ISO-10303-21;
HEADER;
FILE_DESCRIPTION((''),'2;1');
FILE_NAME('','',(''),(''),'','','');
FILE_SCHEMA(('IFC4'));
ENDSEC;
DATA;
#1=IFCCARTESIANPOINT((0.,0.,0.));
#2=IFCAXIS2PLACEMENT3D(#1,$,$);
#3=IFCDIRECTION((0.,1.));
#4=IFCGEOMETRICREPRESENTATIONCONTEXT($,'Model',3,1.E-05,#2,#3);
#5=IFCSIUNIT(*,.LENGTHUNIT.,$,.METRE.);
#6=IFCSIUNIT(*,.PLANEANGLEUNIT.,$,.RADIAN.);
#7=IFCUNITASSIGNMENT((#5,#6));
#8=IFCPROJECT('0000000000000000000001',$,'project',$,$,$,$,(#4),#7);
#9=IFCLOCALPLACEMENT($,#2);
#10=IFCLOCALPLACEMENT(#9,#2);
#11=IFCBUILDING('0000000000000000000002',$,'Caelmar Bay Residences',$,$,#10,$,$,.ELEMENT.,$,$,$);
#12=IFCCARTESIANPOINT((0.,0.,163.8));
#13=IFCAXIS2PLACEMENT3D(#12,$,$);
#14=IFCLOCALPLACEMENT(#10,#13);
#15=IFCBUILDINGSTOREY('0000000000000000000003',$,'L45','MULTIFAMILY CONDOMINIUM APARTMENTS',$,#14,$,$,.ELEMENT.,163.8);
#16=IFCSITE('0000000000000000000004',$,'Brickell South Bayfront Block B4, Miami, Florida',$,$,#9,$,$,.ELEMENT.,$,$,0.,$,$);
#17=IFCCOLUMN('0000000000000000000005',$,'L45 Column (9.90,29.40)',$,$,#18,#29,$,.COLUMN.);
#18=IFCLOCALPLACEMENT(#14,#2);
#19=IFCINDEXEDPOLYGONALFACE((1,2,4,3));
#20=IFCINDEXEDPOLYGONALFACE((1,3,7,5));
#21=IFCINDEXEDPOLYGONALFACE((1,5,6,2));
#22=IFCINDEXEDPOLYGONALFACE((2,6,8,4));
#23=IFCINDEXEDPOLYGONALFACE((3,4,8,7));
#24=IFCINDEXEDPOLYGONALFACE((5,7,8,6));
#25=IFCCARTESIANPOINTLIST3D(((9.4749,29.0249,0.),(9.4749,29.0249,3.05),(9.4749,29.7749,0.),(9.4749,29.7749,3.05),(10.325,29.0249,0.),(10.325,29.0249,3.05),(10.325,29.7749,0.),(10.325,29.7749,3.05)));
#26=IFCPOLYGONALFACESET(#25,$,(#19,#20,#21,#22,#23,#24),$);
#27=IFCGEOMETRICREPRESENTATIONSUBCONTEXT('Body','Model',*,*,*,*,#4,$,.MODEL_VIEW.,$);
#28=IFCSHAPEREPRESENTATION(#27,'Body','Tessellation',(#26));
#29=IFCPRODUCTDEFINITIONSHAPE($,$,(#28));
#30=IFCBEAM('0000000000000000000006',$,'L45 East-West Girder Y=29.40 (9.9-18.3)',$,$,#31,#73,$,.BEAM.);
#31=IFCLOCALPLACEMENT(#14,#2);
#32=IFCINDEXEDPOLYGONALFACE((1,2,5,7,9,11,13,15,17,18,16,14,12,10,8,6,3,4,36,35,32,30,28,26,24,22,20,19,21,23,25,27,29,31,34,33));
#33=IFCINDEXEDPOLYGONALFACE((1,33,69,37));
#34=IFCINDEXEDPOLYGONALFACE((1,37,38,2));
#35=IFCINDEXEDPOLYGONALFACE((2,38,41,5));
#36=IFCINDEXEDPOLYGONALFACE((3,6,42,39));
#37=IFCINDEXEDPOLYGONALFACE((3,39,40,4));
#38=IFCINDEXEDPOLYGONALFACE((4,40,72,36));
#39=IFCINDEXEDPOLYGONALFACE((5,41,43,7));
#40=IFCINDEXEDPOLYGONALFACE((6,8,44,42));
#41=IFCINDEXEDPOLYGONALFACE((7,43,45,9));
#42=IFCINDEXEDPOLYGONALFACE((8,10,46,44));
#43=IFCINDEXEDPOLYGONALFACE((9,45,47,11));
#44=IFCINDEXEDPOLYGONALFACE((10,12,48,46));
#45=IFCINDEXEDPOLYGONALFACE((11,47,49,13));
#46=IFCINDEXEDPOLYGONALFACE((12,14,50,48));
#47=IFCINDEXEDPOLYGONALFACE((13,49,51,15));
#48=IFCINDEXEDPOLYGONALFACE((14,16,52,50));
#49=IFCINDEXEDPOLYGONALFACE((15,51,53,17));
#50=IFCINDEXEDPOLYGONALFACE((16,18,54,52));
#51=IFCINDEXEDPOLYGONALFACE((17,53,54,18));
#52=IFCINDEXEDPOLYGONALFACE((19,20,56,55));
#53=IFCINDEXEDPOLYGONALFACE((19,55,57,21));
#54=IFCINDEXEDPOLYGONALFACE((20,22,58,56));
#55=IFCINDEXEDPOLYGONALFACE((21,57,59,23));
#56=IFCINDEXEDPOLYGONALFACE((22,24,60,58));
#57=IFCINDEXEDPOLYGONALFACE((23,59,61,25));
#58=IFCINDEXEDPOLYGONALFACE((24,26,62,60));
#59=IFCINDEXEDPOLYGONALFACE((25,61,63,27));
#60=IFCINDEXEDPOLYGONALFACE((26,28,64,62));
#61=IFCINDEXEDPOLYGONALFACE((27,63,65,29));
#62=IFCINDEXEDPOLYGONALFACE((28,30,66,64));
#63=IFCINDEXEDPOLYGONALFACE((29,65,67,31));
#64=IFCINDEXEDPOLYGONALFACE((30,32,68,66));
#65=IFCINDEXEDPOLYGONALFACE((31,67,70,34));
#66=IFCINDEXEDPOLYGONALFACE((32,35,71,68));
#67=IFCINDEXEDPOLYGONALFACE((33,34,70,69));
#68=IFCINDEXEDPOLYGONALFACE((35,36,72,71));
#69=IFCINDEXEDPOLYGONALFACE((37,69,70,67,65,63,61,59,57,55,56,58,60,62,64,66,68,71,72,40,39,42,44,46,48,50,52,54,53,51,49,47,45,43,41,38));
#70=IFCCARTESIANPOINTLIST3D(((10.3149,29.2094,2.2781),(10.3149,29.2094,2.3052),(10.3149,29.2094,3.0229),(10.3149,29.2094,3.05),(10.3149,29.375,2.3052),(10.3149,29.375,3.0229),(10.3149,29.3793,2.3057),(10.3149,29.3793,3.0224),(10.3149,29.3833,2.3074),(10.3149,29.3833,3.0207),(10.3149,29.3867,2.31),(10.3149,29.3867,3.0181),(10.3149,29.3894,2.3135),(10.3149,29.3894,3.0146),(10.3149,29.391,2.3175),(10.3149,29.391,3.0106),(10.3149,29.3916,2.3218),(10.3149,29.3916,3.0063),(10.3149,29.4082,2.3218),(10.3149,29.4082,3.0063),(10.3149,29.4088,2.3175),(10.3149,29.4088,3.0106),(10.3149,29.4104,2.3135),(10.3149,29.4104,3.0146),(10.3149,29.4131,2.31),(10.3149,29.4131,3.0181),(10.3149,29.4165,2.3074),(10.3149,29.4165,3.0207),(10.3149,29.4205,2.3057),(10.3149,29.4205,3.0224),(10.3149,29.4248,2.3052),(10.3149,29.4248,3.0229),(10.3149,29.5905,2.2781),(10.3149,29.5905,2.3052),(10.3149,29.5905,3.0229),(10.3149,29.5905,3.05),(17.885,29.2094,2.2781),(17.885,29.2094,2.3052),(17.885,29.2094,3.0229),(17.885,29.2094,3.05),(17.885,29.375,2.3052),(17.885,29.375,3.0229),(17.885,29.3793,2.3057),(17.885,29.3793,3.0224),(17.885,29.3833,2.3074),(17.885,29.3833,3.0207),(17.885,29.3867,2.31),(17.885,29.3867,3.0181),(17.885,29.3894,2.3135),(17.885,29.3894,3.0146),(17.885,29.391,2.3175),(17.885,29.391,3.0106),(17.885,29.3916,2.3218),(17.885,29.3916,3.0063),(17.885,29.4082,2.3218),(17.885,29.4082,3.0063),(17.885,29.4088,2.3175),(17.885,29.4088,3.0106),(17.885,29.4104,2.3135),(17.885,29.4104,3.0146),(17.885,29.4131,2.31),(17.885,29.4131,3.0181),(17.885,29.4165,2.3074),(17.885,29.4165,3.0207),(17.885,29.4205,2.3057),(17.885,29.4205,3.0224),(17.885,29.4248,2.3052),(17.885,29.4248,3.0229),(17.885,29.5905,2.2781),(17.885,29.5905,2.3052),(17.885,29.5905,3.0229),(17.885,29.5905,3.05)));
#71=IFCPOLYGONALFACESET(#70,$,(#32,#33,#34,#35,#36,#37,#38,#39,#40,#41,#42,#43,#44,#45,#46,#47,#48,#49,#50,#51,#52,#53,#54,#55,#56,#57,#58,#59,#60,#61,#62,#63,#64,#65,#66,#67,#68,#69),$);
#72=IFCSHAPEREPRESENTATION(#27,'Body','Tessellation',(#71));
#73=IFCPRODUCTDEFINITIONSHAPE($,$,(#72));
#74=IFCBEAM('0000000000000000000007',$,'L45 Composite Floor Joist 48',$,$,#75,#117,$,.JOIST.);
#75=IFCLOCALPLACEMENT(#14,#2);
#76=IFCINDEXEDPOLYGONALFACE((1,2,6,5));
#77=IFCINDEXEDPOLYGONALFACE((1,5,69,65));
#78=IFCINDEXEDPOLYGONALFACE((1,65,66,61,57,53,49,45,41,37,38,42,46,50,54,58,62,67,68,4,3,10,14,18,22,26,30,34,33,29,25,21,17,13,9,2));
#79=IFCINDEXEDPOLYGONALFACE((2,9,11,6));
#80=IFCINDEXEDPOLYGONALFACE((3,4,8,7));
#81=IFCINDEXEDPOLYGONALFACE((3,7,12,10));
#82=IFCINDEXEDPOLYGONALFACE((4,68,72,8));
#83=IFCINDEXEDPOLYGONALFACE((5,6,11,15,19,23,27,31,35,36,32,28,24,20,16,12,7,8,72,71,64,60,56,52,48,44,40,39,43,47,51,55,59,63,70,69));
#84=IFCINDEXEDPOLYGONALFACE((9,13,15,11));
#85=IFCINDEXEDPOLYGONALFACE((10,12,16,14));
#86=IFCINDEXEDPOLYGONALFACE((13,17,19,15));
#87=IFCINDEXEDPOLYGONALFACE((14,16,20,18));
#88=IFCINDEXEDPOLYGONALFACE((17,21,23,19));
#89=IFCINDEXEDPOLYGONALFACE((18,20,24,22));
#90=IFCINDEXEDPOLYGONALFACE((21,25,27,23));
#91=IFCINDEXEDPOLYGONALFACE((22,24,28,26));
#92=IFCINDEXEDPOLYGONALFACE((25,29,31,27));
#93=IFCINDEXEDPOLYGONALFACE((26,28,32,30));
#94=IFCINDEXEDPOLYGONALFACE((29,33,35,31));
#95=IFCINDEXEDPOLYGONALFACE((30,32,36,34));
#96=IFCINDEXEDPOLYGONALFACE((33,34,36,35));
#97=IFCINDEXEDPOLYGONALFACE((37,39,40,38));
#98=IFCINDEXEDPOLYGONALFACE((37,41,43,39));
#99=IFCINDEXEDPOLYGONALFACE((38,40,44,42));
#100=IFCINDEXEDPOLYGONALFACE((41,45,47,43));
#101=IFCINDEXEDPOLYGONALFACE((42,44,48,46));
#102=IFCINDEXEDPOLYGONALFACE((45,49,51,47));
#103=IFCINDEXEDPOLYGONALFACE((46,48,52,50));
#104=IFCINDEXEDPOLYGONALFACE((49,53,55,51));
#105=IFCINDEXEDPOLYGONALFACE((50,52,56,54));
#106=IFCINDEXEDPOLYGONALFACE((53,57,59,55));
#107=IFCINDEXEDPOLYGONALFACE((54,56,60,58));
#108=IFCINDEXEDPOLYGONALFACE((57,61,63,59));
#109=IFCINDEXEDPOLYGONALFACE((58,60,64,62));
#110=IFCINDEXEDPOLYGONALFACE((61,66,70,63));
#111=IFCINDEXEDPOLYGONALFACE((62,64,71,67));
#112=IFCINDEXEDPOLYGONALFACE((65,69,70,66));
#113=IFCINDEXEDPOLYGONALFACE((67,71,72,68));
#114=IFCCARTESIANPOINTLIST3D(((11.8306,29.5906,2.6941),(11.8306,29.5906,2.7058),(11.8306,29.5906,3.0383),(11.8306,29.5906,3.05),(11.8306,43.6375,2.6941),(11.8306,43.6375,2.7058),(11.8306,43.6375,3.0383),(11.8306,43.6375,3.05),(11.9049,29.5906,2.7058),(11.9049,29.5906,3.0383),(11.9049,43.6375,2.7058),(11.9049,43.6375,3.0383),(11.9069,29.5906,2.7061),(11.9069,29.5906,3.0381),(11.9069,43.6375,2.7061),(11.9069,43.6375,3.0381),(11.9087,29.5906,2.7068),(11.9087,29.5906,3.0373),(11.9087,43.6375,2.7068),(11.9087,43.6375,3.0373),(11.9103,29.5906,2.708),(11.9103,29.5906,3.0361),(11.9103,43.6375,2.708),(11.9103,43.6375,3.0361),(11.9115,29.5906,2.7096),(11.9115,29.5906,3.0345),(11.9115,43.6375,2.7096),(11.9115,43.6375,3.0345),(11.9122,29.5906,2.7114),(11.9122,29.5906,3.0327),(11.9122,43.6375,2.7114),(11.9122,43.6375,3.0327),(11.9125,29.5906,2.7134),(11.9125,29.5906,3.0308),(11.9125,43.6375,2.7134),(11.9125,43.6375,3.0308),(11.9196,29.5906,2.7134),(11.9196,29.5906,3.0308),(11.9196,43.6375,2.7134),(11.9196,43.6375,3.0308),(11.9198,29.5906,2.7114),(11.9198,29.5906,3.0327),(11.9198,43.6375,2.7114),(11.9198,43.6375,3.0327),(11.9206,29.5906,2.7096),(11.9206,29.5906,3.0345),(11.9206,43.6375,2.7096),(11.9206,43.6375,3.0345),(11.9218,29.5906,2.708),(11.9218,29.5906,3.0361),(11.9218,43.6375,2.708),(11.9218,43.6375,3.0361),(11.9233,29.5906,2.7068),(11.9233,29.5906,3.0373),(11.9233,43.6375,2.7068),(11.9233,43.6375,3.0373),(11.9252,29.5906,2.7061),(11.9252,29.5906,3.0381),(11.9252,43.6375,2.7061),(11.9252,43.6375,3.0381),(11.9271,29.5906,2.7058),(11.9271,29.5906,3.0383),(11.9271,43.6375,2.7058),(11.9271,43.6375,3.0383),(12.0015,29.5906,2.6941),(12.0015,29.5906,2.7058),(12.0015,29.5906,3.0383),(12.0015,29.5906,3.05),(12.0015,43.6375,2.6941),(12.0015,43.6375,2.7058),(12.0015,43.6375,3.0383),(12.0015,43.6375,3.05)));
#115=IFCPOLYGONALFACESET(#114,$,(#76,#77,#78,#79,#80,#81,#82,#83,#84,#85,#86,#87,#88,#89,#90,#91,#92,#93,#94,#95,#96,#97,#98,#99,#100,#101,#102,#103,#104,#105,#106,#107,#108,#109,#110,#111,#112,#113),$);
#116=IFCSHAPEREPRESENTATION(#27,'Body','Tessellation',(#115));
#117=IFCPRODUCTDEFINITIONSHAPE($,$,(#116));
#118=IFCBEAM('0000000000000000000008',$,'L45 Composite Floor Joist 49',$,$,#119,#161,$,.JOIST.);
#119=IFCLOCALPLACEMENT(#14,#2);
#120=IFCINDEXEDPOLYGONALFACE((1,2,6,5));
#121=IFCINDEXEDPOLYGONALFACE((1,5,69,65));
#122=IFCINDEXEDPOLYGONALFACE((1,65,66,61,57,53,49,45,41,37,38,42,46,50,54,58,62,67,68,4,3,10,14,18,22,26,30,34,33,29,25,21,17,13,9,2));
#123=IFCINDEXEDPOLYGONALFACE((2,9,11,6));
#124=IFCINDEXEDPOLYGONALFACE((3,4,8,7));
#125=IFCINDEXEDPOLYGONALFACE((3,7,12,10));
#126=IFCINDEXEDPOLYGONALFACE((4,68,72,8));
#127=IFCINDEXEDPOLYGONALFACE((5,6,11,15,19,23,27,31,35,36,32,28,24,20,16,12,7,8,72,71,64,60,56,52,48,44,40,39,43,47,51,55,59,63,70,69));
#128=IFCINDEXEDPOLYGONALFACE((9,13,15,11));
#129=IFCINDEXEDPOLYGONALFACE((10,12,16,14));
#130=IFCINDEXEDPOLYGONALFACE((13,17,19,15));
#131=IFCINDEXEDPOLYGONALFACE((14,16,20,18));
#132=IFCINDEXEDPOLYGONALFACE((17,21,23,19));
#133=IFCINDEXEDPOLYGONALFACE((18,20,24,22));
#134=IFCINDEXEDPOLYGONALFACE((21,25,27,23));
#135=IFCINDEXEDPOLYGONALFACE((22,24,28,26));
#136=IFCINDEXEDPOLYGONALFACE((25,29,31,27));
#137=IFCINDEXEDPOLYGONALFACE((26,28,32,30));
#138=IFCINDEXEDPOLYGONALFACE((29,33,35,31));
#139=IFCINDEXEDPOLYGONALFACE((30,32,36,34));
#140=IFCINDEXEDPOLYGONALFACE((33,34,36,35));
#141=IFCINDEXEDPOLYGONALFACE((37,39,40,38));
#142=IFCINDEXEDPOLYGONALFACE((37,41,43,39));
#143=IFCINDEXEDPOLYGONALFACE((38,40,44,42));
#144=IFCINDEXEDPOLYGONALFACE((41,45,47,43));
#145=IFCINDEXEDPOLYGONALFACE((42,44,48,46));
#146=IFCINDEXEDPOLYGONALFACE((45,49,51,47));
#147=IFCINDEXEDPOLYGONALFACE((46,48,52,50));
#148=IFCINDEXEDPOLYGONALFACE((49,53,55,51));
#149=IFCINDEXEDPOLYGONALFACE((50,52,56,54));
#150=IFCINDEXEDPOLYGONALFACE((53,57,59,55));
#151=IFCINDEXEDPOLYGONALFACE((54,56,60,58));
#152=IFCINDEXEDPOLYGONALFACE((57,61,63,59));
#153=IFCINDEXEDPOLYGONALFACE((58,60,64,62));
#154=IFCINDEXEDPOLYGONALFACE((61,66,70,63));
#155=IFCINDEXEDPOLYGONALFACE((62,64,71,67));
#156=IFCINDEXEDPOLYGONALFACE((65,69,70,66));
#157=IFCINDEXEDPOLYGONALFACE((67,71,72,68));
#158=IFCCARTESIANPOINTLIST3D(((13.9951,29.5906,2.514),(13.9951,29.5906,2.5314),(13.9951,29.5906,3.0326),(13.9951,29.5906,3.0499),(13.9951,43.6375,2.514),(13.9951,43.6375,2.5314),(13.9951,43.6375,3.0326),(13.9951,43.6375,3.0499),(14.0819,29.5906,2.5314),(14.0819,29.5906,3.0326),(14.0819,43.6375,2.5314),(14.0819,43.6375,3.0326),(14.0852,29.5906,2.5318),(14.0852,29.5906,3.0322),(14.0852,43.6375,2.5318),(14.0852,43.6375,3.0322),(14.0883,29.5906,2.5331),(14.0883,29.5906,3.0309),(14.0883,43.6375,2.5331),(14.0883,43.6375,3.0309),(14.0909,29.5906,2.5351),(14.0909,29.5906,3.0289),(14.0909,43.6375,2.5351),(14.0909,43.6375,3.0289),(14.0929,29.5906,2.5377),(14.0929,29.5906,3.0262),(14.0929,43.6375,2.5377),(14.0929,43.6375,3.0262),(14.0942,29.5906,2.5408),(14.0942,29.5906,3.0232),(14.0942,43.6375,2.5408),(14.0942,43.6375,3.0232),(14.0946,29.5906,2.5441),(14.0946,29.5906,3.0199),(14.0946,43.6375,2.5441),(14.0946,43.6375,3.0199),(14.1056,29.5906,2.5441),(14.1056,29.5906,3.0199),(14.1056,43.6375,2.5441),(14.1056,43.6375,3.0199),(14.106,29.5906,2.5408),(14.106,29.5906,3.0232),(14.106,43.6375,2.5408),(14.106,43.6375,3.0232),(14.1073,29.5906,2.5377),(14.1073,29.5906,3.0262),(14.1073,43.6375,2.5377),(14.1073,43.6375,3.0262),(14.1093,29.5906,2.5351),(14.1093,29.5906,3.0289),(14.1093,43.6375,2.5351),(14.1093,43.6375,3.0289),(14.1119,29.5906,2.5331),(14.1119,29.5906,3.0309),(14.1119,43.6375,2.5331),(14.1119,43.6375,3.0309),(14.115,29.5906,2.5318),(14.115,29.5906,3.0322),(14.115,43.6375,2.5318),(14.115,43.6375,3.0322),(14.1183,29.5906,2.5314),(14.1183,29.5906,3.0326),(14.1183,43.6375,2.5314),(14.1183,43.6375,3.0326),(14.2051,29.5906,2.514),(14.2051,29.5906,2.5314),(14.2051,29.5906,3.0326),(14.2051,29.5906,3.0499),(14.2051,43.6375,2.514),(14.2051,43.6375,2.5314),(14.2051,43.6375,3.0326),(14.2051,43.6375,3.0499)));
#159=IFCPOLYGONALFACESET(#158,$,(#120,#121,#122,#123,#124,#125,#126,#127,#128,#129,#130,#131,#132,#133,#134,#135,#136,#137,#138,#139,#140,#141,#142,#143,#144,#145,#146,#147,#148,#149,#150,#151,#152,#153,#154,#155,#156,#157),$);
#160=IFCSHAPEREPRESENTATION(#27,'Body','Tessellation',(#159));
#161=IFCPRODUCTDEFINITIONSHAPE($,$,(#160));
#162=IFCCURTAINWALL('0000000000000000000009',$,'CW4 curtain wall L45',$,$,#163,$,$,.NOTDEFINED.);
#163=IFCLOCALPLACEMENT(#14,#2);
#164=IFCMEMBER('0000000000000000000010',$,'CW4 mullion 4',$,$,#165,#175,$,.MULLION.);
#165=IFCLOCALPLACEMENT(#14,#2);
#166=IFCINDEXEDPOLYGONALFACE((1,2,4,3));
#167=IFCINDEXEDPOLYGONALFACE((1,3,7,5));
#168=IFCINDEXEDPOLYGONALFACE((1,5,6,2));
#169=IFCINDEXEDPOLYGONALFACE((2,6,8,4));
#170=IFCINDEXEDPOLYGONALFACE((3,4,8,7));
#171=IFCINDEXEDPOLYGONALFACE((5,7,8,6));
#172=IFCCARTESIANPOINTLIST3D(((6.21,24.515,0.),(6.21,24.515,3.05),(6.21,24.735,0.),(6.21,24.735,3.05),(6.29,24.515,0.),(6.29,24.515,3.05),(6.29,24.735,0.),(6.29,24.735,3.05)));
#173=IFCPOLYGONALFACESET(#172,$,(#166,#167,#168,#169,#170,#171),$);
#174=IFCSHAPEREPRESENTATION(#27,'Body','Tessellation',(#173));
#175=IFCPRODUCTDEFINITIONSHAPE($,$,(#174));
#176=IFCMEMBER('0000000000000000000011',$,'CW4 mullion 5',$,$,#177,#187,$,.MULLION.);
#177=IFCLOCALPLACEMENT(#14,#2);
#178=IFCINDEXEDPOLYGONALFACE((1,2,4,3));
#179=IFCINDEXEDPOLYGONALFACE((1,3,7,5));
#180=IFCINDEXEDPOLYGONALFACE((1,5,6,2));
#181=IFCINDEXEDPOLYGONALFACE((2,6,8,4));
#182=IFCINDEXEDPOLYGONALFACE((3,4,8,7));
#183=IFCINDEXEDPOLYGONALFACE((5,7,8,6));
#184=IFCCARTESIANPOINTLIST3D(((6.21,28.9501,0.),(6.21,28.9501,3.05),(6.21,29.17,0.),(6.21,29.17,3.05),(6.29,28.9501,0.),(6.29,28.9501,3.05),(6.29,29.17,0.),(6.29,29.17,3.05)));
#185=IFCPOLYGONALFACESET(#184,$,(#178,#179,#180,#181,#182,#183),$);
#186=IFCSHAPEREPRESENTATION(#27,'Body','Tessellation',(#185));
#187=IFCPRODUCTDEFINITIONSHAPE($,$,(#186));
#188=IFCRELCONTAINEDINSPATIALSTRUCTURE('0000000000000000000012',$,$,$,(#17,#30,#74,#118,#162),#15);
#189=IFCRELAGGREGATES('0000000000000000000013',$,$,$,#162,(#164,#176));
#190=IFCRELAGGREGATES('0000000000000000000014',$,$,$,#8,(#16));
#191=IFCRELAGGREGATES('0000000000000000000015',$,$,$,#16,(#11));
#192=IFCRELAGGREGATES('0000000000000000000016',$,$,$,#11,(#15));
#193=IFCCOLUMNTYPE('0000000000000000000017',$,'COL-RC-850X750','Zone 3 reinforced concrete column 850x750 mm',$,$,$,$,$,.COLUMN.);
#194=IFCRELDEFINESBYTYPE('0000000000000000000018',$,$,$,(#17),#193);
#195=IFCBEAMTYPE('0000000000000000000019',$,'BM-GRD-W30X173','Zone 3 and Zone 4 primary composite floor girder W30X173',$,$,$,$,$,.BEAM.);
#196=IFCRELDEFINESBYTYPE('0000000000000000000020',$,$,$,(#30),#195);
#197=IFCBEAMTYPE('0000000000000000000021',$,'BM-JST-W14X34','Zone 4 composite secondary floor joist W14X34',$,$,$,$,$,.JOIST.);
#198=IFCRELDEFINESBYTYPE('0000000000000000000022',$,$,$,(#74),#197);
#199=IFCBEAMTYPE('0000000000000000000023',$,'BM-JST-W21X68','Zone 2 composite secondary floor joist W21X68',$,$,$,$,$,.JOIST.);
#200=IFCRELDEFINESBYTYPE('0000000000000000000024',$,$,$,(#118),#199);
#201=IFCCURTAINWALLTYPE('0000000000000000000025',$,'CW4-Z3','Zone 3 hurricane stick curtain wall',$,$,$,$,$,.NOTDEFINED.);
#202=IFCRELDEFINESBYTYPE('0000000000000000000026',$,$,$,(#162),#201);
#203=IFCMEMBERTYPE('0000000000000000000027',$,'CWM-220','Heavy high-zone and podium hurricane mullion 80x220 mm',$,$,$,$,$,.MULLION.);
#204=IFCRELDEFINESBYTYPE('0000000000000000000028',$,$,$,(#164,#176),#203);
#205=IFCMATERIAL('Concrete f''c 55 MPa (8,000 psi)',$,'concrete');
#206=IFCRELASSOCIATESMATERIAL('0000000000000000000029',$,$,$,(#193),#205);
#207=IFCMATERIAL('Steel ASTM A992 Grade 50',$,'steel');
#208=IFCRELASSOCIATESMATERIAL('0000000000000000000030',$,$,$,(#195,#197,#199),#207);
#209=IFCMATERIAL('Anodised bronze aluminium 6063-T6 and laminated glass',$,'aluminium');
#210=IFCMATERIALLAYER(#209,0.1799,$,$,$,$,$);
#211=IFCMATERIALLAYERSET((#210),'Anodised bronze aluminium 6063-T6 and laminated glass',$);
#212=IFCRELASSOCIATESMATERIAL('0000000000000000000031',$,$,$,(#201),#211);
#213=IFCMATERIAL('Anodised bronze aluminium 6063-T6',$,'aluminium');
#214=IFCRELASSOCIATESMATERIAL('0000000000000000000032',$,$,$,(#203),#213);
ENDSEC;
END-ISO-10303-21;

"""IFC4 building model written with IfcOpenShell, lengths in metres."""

from ifc_helpers import new_model, si_unit, direction, frame, origin, origin_2d, place, context, subcontext, project, spatial, rectangle, i_section, extrude, material, layer, layer_set, material_profile, profile_set, type_object, element, aggregate, save


model = new_model("IFC4")

# Units and contexts
model_context = context("Model", 3, precision=1e-05, world=origin(), true_north=direction((0.0, 1.0)))
body_context = subcontext(model_context, "Body", "Model", "MODEL_VIEW")
ifc_project = project(units=[si_unit("LENGTHUNIT", "METRE"), si_unit("PLANEANGLEUNIT", "RADIAN")], contexts=[model_context])

# Site, building, storey
site_placement = place(None, origin())
site = spatial("IfcSite", under=ifc_project, at=site_placement, Name="Brickell South Bayfront Block B4, Miami, Florida", CompositionType="ELEMENT", RefElevation=0.0)
building_placement = place(site_placement, origin())
building = spatial("IfcBuilding", under=site, at=building_placement, Name="Caelmar Bay Residences", CompositionType="ELEMENT")
storey_placement = place(building_placement, frame((0.0, 0.0, 163.8)))
storey = spatial("IfcBuildingStorey", under=building, at=storey_placement, Name="L45", Description="MULTIFAMILY CONDOMINIUM APARTMENTS", CompositionType="ELEMENT", Elevation=163.8)

# Column
ifc_material_1 = material(Name="Concrete f'c 55 MPa (8,000 psi)", Category="concrete")
ifc_material_profile_1 = material_profile(ifc_material_1, rectangle(XDim=0.8501, YDim=0.75, at=origin_2d()), Name="RC-COL-850X750")
ifc_profile_set_1 = profile_set([ifc_material_profile_1], Name="Concrete f'c 55 MPa (8,000 psi)")
column_type = type_object("IfcColumnType", Name="COL-RC-850X750", Description="Zone 3 reinforced concrete column 850x750 mm", PredefinedType="COLUMN", material=ifc_profile_set_1)
column_placement = place(storey_placement, frame((9.8999, 29.3999, 0.0), z_axis=(0.0, 0.0, 1.0), x_axis=(1.0, 0.0, 0.0)))
element("IfcColumn", 1, at=column_placement, inside=storey, type_object=column_type, Name="L45 Column (9.90,29.40)", PredefinedType="COLUMN", context=body_context, shape_type="SweptSolid", body=[
    extrude(rectangle(XDim=0.8501, YDim=0.75, at=origin_2d()), origin(), (0.0, 0.0, 1.0), 3.05),
])

# Beams
ifc_material_2 = material(Name="Steel ASTM A992 Grade 50", Category="steel")
ifc_material_profile_2 = material_profile(ifc_material_2, i_section(OverallWidth=0.3811, OverallDepth=0.772, WebThickness=0.0166, FlangeThickness=0.0271, FilletRadius=0.0166, at=origin_2d()), Name="W30X173")
ifc_profile_set_2 = profile_set([ifc_material_profile_2], Name="Steel ASTM A992 Grade 50")
beam_type_1 = type_object("IfcBeamType", Name="BM-GRD-W30X173", Description="Zone 3 and Zone 4 primary composite floor girder W30X173", PredefinedType="BEAM", material=ifc_profile_set_2)
beam_1_placement = place(storey_placement, frame((10.3149, 29.3999, 2.6641), z_axis=(1.0, 0.0, 0.0), x_axis=(0.0, 1.0, 0.0)))
element("IfcBeam", 2, at=beam_1_placement, inside=storey, type_object=beam_type_1, Name="L45 East-West Girder Y=29.40 (9.9-18.3)", PredefinedType="BEAM", context=body_context, shape_type="SweptSolid", body=[
    extrude(i_section(OverallWidth=0.3811, OverallDepth=0.772, WebThickness=0.0166, FlangeThickness=0.0271, FilletRadius=0.0166, at=origin_2d()), origin(), (0.0, 0.0, 1.0), 7.5701),
])
ifc_material_profile_3 = material_profile(ifc_material_2, i_section(OverallWidth=0.1709, OverallDepth=0.356, WebThickness=0.0071, FlangeThickness=0.0117, FilletRadius=0.0076, at=origin_2d()), Name="W14X34")
ifc_profile_set_3 = profile_set([ifc_material_profile_3], Name="Steel ASTM A992 Grade 50")
beam_type_2 = type_object("IfcBeamType", Name="BM-JST-W14X34", Description="Zone 4 composite secondary floor joist W14X34", PredefinedType="JOIST", material=ifc_profile_set_3)
beam_2_placement = place(storey_placement, frame((11.916, 29.5906, 2.8721), z_axis=(0.0, 1.0, 0.0), x_axis=(-1.0, 0.0, 0.0)))
element("IfcBeam", 3, at=beam_2_placement, inside=storey, type_object=beam_type_2, Name="L45 Composite Floor Joist 48", PredefinedType="JOIST", context=body_context, shape_type="SweptSolid", body=[
    extrude(i_section(OverallWidth=0.1709, OverallDepth=0.356, WebThickness=0.0071, FlangeThickness=0.0117, FilletRadius=0.0076, at=origin_2d()), origin(), (0.0, 0.0, 1.0), 14.0469),
])
ifc_material_profile_4 = material_profile(ifc_material_2, i_section(OverallWidth=0.21, OverallDepth=0.5359, WebThickness=0.011, FlangeThickness=0.0173, FilletRadius=0.0127, at=origin_2d()), Name="W21X68")
ifc_profile_set_4 = profile_set([ifc_material_profile_4], Name="Steel ASTM A992 Grade 50")
beam_type_3 = type_object("IfcBeamType", Name="BM-JST-W21X68", Description="Zone 2 composite secondary floor joist W21X68", PredefinedType="JOIST", material=ifc_profile_set_4)
beam_3_placement = place(storey_placement, frame((14.1001, 29.5906, 2.782), z_axis=(0.0, 1.0, 0.0), x_axis=(-1.0, 0.0, 0.0)))
element("IfcBeam", 4, at=beam_3_placement, inside=storey, type_object=beam_type_3, Name="L45 Composite Floor Joist 49", PredefinedType="JOIST", context=body_context, shape_type="SweptSolid", body=[
    extrude(i_section(OverallWidth=0.21, OverallDepth=0.5359, WebThickness=0.011, FlangeThickness=0.0173, FilletRadius=0.0127, at=origin_2d()), origin(), (0.0, 0.0, 1.0), 14.0469),
])

# Curtain wall, members
ifc_material_3 = material(Name="Anodised bronze aluminium 6063-T6 and laminated glass", Category="aluminium")
ifc_layer_1 = layer(ifc_material_3, 0.1799)
ifc_layer_set_1 = layer_set([ifc_layer_1], Name="Anodised bronze aluminium 6063-T6 and laminated glass")
curtain_wall_type = type_object("IfcCurtainWallType", Name="CW4-Z3", Description="Zone 3 hurricane stick curtain wall", PredefinedType="NOTDEFINED", material=ifc_layer_set_1)
curtain_wall_placement = place(storey_placement, origin())
curtain_wall = element("IfcCurtainWall", 5, at=curtain_wall_placement, inside=storey, type_object=curtain_wall_type, Name="CW4 curtain wall L45", PredefinedType="NOTDEFINED")
ifc_material_4 = material(Name="Anodised bronze aluminium 6063-T6", Category="aluminium")
ifc_material_profile_5 = material_profile(ifc_material_4, rectangle(XDim=0.0801, YDim=0.22, at=origin_2d()), Name="CWM-80X220")
ifc_profile_set_5 = profile_set([ifc_material_profile_5], Name="Anodised bronze aluminium 6063-T6")
member_type_1 = type_object("IfcMemberType", Name="CWM-220", Description="Heavy high-zone and podium hurricane mullion 80x220 mm", PredefinedType="MULLION", material=ifc_profile_set_5)
member_1_placement = place(storey_placement, frame((6.25, 24.625, 0.0), z_axis=(0.0, 0.0, 1.0), x_axis=(-1.0, 0.0, 0.0)))
member_1 = element("IfcMember", 6, at=member_1_placement, type_object=member_type_1, Name="CW4 mullion 4", PredefinedType="MULLION", context=body_context, shape_type="SweptSolid", body=[
    extrude(rectangle(XDim=0.0801, YDim=0.22, at=origin_2d()), origin(), (0.0, 0.0, 1.0), 3.05),
])
member_2_placement = place(storey_placement, frame((6.25, 29.0601, 0.0), z_axis=(0.0, 0.0, 1.0), x_axis=(-1.0, 0.0, 0.0)))
member_2 = element("IfcMember", 7, at=member_2_placement, type_object=member_type_1, Name="CW4 mullion 5", PredefinedType="MULLION", context=body_context, shape_type="SweptSolid", body=[
    extrude(rectangle(XDim=0.0801, YDim=0.22, at=origin_2d()), origin(), (0.0, 0.0, 1.0), 3.05),
])
aggregate(curtain_wall, [member_1, member_2])

save(model, "model.ifc")
